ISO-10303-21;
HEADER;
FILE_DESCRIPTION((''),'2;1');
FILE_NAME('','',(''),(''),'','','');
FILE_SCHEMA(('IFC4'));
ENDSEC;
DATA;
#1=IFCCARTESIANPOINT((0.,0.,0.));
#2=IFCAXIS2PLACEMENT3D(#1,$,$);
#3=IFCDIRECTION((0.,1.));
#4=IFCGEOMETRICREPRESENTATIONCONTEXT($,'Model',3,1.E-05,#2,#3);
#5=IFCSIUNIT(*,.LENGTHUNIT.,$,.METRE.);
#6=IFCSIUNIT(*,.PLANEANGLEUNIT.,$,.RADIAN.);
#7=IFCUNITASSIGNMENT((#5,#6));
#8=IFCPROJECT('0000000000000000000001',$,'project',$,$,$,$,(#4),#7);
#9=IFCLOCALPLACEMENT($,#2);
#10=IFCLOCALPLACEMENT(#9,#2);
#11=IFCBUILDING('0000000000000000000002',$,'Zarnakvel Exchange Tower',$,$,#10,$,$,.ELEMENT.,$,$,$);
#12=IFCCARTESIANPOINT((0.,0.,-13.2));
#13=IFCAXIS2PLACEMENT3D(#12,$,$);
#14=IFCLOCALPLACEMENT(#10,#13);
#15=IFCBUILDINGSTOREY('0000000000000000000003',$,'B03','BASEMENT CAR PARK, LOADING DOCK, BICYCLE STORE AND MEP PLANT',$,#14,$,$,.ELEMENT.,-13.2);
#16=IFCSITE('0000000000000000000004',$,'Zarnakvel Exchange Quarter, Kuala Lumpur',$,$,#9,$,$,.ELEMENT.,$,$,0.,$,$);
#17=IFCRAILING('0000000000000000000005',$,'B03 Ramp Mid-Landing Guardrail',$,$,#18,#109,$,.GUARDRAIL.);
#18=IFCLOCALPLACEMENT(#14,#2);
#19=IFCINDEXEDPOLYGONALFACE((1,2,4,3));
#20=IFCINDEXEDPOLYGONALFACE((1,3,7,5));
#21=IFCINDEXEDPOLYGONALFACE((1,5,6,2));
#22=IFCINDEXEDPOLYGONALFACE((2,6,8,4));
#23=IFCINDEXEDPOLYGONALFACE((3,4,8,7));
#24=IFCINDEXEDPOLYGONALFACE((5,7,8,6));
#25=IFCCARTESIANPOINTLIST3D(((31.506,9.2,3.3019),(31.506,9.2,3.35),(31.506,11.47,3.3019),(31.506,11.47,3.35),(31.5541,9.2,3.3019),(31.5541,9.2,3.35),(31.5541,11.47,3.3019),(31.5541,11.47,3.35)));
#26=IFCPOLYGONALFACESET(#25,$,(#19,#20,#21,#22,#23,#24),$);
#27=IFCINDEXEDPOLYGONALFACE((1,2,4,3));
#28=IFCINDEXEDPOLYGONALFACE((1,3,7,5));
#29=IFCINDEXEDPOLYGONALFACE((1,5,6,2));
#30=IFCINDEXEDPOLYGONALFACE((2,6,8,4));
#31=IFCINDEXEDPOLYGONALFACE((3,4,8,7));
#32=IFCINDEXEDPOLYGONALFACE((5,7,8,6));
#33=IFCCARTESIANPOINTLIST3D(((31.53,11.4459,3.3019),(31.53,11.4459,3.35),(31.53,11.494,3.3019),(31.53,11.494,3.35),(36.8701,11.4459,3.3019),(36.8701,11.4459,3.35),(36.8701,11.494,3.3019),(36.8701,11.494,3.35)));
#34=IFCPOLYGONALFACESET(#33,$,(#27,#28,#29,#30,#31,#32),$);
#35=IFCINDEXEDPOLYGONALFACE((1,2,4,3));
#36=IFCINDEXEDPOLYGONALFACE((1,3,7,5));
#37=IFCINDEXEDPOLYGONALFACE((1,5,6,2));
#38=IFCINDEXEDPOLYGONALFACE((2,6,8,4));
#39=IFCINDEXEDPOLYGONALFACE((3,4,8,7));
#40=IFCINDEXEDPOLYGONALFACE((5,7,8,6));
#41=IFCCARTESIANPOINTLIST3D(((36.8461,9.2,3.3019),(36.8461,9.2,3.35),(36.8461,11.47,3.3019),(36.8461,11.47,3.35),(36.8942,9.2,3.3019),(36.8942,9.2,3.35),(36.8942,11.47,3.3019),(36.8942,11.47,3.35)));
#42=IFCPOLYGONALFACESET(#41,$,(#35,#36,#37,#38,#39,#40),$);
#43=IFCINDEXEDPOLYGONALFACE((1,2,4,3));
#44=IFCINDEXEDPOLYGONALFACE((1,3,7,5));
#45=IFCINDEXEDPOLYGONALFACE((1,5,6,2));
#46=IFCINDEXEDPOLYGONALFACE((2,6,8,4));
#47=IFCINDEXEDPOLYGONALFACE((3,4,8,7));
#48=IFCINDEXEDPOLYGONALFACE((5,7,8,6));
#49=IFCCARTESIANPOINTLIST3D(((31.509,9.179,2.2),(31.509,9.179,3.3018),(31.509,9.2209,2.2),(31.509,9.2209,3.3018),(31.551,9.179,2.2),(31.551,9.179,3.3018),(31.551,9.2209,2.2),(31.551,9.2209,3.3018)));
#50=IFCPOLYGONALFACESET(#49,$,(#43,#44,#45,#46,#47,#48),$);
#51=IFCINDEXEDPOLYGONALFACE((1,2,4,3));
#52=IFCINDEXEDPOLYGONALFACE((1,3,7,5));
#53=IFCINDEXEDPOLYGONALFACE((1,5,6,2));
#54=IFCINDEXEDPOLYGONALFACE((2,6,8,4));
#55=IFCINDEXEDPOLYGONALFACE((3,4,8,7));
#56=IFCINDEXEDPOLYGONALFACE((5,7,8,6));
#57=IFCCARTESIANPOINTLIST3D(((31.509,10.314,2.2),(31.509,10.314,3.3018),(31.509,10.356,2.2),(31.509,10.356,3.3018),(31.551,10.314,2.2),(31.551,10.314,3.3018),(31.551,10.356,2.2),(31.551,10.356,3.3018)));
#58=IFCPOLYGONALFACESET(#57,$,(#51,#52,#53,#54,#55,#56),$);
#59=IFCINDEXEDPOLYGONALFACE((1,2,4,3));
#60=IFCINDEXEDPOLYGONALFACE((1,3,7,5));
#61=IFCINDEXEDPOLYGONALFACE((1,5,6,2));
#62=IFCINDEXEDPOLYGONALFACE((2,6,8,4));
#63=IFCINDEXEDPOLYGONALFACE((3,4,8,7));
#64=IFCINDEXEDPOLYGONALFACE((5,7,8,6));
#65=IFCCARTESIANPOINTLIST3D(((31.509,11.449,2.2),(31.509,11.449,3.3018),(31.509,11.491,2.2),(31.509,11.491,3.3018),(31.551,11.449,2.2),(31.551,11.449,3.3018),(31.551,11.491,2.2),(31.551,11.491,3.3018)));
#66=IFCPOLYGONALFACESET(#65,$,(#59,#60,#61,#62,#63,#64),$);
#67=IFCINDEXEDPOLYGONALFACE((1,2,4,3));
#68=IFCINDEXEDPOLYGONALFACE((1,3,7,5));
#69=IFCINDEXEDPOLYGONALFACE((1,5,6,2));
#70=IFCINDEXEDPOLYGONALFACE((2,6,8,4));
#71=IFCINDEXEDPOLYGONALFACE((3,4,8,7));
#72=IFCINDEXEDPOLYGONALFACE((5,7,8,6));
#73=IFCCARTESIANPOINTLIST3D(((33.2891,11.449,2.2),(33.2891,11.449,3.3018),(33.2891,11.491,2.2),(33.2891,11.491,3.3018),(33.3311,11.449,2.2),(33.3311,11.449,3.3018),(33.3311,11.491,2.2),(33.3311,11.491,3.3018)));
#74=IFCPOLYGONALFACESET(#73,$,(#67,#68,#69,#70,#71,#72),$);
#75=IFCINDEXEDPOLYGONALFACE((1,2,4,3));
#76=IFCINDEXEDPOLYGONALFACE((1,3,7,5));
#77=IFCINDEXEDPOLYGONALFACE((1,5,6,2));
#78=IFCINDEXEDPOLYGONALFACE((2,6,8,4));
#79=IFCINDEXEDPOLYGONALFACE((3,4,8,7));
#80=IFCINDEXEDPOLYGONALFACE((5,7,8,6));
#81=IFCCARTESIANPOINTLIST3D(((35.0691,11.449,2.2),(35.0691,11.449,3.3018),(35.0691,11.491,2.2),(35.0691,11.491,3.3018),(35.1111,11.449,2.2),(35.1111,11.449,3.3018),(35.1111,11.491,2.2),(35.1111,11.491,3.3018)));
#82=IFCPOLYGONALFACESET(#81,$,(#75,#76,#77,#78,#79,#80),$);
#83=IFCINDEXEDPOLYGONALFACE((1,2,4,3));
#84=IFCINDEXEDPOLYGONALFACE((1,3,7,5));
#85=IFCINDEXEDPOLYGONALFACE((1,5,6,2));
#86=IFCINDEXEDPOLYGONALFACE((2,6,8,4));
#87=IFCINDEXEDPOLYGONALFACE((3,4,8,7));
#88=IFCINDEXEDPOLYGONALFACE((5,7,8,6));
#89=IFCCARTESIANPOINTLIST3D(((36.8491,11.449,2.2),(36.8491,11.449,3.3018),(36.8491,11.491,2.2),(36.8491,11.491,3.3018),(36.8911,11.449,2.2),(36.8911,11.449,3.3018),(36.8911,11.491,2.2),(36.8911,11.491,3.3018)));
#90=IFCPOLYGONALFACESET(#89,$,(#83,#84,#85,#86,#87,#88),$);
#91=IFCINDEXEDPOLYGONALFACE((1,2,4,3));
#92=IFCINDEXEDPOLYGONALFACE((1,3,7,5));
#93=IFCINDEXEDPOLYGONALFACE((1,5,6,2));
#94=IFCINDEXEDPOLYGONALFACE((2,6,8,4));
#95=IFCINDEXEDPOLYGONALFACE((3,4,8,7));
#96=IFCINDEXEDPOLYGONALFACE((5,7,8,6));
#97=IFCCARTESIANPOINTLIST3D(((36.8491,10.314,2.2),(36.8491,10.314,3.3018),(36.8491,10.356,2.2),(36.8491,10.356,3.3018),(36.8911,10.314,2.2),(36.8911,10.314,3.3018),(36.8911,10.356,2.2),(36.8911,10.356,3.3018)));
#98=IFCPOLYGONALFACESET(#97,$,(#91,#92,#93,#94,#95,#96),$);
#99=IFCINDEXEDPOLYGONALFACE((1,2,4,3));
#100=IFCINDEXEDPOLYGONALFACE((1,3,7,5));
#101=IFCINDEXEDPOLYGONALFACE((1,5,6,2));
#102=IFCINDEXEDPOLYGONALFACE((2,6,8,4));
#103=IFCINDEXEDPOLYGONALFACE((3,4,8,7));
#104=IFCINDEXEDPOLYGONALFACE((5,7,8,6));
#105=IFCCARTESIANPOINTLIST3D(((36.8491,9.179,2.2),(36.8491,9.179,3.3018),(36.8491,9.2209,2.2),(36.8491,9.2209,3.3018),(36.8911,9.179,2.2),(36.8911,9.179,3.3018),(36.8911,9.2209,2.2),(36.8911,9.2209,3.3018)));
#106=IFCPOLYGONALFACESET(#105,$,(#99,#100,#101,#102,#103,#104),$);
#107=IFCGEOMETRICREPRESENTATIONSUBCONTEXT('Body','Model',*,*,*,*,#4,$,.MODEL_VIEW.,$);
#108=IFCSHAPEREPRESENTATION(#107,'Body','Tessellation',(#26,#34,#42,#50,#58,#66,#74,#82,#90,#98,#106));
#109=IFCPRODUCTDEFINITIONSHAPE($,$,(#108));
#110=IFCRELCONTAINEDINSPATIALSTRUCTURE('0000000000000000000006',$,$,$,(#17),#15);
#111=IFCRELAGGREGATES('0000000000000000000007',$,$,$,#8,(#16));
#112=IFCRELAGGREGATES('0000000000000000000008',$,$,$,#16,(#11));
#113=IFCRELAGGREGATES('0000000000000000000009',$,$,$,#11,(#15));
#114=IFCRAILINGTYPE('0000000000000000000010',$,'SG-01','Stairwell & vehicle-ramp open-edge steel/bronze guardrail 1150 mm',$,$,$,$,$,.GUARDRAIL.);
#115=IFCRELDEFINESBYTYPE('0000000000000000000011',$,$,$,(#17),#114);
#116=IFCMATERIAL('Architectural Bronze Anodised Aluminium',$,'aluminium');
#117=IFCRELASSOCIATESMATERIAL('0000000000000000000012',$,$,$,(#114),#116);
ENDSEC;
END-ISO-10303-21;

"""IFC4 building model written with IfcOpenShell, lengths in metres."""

from ifc_helpers import new_model, si_unit, direction, frame, origin, origin_2d, place, context, subcontext, project, spatial, rectangle, extrude, material, type_object, element, save


model = new_model("IFC4")

# Units and contexts
model_context = context("Model", 3, precision=1e-05, world=origin(), true_north=direction((0.0, 1.0)))
body_context = subcontext(model_context, "Body", "Model", "MODEL_VIEW")
ifc_project = project(units=[si_unit("LENGTHUNIT", "METRE"), si_unit("PLANEANGLEUNIT", "RADIAN")], contexts=[model_context])

# Site, building, storey
site_placement = place(None, origin())
site = spatial("IfcSite", under=ifc_project, at=site_placement, Name="Zarnakvel Exchange Quarter, Kuala Lumpur", CompositionType="ELEMENT", RefElevation=0.0)
building_placement = place(site_placement, origin())
building = spatial("IfcBuilding", under=site, at=building_placement, Name="Zarnakvel Exchange Tower", CompositionType="ELEMENT")
storey_placement = place(building_placement, frame((0.0, 0.0, -13.2)))
storey = spatial("IfcBuildingStorey", under=building, at=storey_placement, Name="B03", Description="BASEMENT CAR PARK, LOADING DOCK, BICYCLE STORE AND MEP PLANT", CompositionType="ELEMENT", Elevation=-13.2)

# Railing
ifc_material_1 = material(Name="Architectural Bronze Anodised Aluminium", Category="aluminium")
railing_type = type_object("IfcRailingType", Name="SG-01", Description="Stairwell & vehicle-ramp open-edge steel/bronze guardrail 1150 mm", PredefinedType="GUARDRAIL", material=ifc_material_1)
railing_1_placement = place(storey_placement, frame((31.53, 9.2, 2.2)))
element("IfcRailing", 1, at=railing_1_placement, inside=storey, type_object=railing_type, Name="B03 Ramp Mid-Landing Guardrail", PredefinedType="GUARDRAIL", context=body_context, shape_type="SweptSolid", body=[
    extrude(rectangle(XDim=0.0481, YDim=0.0481, at=origin_2d()), frame((0.0, 0.0, 1.126), z_axis=(0.0, 1.0, 0.0), x_axis=(-1.0, 0.0, 0.0)), (0.0, 0.0, 1.0), 2.27),
    extrude(rectangle(XDim=0.0481, YDim=0.0481, at=origin_2d()), frame((0.0, 2.27, 1.126), z_axis=(1.0, 0.0, 0.0), x_axis=(0.0, 1.0, 0.0)), (0.0, 0.0, 1.0), 5.3401),
    extrude(rectangle(XDim=0.0481, YDim=0.0481, at=origin_2d()), frame((5.3401, 2.27, 1.126), z_axis=(0.0, -1.0, 0.0), x_axis=(1.0, 0.0, 0.0)), (0.0, 0.0, 1.0), 2.27),
    extrude(rectangle(XDim=0.042, YDim=0.042, at=origin_2d()), origin(), (0.0, 0.0, 1.0), 1.1018),
    extrude(rectangle(XDim=0.042, YDim=0.042, at=origin_2d()), frame((0.0, 1.135, 0.0)), (0.0, 0.0, 1.0), 1.1018),
    extrude(rectangle(XDim=0.042, YDim=0.042, at=origin_2d()), frame((0.0, 2.27, 0.0)), (0.0, 0.0, 1.0), 1.1018),
    extrude(rectangle(XDim=0.042, YDim=0.042, at=origin_2d()), frame((1.78, 2.27, 0.0)), (0.0, 0.0, 1.0), 1.1018),
    extrude(rectangle(XDim=0.042, YDim=0.042, at=origin_2d()), frame((3.5601, 2.27, 0.0)), (0.0, 0.0, 1.0), 1.1018),
    extrude(rectangle(XDim=0.042, YDim=0.042, at=origin_2d()), frame((5.3401, 2.27, 0.0)), (0.0, 0.0, 1.0), 1.1018),
    extrude(rectangle(XDim=0.042, YDim=0.042, at=origin_2d()), frame((5.3401, 1.135, 0.0)), (0.0, 0.0, 1.0), 1.1018),
    extrude(rectangle(XDim=0.042, YDim=0.042, at=origin_2d()), frame((5.3401, 0.0, 0.0)), (0.0, 0.0, 1.0), 1.1018),
])

save(model, "model.ifc")
